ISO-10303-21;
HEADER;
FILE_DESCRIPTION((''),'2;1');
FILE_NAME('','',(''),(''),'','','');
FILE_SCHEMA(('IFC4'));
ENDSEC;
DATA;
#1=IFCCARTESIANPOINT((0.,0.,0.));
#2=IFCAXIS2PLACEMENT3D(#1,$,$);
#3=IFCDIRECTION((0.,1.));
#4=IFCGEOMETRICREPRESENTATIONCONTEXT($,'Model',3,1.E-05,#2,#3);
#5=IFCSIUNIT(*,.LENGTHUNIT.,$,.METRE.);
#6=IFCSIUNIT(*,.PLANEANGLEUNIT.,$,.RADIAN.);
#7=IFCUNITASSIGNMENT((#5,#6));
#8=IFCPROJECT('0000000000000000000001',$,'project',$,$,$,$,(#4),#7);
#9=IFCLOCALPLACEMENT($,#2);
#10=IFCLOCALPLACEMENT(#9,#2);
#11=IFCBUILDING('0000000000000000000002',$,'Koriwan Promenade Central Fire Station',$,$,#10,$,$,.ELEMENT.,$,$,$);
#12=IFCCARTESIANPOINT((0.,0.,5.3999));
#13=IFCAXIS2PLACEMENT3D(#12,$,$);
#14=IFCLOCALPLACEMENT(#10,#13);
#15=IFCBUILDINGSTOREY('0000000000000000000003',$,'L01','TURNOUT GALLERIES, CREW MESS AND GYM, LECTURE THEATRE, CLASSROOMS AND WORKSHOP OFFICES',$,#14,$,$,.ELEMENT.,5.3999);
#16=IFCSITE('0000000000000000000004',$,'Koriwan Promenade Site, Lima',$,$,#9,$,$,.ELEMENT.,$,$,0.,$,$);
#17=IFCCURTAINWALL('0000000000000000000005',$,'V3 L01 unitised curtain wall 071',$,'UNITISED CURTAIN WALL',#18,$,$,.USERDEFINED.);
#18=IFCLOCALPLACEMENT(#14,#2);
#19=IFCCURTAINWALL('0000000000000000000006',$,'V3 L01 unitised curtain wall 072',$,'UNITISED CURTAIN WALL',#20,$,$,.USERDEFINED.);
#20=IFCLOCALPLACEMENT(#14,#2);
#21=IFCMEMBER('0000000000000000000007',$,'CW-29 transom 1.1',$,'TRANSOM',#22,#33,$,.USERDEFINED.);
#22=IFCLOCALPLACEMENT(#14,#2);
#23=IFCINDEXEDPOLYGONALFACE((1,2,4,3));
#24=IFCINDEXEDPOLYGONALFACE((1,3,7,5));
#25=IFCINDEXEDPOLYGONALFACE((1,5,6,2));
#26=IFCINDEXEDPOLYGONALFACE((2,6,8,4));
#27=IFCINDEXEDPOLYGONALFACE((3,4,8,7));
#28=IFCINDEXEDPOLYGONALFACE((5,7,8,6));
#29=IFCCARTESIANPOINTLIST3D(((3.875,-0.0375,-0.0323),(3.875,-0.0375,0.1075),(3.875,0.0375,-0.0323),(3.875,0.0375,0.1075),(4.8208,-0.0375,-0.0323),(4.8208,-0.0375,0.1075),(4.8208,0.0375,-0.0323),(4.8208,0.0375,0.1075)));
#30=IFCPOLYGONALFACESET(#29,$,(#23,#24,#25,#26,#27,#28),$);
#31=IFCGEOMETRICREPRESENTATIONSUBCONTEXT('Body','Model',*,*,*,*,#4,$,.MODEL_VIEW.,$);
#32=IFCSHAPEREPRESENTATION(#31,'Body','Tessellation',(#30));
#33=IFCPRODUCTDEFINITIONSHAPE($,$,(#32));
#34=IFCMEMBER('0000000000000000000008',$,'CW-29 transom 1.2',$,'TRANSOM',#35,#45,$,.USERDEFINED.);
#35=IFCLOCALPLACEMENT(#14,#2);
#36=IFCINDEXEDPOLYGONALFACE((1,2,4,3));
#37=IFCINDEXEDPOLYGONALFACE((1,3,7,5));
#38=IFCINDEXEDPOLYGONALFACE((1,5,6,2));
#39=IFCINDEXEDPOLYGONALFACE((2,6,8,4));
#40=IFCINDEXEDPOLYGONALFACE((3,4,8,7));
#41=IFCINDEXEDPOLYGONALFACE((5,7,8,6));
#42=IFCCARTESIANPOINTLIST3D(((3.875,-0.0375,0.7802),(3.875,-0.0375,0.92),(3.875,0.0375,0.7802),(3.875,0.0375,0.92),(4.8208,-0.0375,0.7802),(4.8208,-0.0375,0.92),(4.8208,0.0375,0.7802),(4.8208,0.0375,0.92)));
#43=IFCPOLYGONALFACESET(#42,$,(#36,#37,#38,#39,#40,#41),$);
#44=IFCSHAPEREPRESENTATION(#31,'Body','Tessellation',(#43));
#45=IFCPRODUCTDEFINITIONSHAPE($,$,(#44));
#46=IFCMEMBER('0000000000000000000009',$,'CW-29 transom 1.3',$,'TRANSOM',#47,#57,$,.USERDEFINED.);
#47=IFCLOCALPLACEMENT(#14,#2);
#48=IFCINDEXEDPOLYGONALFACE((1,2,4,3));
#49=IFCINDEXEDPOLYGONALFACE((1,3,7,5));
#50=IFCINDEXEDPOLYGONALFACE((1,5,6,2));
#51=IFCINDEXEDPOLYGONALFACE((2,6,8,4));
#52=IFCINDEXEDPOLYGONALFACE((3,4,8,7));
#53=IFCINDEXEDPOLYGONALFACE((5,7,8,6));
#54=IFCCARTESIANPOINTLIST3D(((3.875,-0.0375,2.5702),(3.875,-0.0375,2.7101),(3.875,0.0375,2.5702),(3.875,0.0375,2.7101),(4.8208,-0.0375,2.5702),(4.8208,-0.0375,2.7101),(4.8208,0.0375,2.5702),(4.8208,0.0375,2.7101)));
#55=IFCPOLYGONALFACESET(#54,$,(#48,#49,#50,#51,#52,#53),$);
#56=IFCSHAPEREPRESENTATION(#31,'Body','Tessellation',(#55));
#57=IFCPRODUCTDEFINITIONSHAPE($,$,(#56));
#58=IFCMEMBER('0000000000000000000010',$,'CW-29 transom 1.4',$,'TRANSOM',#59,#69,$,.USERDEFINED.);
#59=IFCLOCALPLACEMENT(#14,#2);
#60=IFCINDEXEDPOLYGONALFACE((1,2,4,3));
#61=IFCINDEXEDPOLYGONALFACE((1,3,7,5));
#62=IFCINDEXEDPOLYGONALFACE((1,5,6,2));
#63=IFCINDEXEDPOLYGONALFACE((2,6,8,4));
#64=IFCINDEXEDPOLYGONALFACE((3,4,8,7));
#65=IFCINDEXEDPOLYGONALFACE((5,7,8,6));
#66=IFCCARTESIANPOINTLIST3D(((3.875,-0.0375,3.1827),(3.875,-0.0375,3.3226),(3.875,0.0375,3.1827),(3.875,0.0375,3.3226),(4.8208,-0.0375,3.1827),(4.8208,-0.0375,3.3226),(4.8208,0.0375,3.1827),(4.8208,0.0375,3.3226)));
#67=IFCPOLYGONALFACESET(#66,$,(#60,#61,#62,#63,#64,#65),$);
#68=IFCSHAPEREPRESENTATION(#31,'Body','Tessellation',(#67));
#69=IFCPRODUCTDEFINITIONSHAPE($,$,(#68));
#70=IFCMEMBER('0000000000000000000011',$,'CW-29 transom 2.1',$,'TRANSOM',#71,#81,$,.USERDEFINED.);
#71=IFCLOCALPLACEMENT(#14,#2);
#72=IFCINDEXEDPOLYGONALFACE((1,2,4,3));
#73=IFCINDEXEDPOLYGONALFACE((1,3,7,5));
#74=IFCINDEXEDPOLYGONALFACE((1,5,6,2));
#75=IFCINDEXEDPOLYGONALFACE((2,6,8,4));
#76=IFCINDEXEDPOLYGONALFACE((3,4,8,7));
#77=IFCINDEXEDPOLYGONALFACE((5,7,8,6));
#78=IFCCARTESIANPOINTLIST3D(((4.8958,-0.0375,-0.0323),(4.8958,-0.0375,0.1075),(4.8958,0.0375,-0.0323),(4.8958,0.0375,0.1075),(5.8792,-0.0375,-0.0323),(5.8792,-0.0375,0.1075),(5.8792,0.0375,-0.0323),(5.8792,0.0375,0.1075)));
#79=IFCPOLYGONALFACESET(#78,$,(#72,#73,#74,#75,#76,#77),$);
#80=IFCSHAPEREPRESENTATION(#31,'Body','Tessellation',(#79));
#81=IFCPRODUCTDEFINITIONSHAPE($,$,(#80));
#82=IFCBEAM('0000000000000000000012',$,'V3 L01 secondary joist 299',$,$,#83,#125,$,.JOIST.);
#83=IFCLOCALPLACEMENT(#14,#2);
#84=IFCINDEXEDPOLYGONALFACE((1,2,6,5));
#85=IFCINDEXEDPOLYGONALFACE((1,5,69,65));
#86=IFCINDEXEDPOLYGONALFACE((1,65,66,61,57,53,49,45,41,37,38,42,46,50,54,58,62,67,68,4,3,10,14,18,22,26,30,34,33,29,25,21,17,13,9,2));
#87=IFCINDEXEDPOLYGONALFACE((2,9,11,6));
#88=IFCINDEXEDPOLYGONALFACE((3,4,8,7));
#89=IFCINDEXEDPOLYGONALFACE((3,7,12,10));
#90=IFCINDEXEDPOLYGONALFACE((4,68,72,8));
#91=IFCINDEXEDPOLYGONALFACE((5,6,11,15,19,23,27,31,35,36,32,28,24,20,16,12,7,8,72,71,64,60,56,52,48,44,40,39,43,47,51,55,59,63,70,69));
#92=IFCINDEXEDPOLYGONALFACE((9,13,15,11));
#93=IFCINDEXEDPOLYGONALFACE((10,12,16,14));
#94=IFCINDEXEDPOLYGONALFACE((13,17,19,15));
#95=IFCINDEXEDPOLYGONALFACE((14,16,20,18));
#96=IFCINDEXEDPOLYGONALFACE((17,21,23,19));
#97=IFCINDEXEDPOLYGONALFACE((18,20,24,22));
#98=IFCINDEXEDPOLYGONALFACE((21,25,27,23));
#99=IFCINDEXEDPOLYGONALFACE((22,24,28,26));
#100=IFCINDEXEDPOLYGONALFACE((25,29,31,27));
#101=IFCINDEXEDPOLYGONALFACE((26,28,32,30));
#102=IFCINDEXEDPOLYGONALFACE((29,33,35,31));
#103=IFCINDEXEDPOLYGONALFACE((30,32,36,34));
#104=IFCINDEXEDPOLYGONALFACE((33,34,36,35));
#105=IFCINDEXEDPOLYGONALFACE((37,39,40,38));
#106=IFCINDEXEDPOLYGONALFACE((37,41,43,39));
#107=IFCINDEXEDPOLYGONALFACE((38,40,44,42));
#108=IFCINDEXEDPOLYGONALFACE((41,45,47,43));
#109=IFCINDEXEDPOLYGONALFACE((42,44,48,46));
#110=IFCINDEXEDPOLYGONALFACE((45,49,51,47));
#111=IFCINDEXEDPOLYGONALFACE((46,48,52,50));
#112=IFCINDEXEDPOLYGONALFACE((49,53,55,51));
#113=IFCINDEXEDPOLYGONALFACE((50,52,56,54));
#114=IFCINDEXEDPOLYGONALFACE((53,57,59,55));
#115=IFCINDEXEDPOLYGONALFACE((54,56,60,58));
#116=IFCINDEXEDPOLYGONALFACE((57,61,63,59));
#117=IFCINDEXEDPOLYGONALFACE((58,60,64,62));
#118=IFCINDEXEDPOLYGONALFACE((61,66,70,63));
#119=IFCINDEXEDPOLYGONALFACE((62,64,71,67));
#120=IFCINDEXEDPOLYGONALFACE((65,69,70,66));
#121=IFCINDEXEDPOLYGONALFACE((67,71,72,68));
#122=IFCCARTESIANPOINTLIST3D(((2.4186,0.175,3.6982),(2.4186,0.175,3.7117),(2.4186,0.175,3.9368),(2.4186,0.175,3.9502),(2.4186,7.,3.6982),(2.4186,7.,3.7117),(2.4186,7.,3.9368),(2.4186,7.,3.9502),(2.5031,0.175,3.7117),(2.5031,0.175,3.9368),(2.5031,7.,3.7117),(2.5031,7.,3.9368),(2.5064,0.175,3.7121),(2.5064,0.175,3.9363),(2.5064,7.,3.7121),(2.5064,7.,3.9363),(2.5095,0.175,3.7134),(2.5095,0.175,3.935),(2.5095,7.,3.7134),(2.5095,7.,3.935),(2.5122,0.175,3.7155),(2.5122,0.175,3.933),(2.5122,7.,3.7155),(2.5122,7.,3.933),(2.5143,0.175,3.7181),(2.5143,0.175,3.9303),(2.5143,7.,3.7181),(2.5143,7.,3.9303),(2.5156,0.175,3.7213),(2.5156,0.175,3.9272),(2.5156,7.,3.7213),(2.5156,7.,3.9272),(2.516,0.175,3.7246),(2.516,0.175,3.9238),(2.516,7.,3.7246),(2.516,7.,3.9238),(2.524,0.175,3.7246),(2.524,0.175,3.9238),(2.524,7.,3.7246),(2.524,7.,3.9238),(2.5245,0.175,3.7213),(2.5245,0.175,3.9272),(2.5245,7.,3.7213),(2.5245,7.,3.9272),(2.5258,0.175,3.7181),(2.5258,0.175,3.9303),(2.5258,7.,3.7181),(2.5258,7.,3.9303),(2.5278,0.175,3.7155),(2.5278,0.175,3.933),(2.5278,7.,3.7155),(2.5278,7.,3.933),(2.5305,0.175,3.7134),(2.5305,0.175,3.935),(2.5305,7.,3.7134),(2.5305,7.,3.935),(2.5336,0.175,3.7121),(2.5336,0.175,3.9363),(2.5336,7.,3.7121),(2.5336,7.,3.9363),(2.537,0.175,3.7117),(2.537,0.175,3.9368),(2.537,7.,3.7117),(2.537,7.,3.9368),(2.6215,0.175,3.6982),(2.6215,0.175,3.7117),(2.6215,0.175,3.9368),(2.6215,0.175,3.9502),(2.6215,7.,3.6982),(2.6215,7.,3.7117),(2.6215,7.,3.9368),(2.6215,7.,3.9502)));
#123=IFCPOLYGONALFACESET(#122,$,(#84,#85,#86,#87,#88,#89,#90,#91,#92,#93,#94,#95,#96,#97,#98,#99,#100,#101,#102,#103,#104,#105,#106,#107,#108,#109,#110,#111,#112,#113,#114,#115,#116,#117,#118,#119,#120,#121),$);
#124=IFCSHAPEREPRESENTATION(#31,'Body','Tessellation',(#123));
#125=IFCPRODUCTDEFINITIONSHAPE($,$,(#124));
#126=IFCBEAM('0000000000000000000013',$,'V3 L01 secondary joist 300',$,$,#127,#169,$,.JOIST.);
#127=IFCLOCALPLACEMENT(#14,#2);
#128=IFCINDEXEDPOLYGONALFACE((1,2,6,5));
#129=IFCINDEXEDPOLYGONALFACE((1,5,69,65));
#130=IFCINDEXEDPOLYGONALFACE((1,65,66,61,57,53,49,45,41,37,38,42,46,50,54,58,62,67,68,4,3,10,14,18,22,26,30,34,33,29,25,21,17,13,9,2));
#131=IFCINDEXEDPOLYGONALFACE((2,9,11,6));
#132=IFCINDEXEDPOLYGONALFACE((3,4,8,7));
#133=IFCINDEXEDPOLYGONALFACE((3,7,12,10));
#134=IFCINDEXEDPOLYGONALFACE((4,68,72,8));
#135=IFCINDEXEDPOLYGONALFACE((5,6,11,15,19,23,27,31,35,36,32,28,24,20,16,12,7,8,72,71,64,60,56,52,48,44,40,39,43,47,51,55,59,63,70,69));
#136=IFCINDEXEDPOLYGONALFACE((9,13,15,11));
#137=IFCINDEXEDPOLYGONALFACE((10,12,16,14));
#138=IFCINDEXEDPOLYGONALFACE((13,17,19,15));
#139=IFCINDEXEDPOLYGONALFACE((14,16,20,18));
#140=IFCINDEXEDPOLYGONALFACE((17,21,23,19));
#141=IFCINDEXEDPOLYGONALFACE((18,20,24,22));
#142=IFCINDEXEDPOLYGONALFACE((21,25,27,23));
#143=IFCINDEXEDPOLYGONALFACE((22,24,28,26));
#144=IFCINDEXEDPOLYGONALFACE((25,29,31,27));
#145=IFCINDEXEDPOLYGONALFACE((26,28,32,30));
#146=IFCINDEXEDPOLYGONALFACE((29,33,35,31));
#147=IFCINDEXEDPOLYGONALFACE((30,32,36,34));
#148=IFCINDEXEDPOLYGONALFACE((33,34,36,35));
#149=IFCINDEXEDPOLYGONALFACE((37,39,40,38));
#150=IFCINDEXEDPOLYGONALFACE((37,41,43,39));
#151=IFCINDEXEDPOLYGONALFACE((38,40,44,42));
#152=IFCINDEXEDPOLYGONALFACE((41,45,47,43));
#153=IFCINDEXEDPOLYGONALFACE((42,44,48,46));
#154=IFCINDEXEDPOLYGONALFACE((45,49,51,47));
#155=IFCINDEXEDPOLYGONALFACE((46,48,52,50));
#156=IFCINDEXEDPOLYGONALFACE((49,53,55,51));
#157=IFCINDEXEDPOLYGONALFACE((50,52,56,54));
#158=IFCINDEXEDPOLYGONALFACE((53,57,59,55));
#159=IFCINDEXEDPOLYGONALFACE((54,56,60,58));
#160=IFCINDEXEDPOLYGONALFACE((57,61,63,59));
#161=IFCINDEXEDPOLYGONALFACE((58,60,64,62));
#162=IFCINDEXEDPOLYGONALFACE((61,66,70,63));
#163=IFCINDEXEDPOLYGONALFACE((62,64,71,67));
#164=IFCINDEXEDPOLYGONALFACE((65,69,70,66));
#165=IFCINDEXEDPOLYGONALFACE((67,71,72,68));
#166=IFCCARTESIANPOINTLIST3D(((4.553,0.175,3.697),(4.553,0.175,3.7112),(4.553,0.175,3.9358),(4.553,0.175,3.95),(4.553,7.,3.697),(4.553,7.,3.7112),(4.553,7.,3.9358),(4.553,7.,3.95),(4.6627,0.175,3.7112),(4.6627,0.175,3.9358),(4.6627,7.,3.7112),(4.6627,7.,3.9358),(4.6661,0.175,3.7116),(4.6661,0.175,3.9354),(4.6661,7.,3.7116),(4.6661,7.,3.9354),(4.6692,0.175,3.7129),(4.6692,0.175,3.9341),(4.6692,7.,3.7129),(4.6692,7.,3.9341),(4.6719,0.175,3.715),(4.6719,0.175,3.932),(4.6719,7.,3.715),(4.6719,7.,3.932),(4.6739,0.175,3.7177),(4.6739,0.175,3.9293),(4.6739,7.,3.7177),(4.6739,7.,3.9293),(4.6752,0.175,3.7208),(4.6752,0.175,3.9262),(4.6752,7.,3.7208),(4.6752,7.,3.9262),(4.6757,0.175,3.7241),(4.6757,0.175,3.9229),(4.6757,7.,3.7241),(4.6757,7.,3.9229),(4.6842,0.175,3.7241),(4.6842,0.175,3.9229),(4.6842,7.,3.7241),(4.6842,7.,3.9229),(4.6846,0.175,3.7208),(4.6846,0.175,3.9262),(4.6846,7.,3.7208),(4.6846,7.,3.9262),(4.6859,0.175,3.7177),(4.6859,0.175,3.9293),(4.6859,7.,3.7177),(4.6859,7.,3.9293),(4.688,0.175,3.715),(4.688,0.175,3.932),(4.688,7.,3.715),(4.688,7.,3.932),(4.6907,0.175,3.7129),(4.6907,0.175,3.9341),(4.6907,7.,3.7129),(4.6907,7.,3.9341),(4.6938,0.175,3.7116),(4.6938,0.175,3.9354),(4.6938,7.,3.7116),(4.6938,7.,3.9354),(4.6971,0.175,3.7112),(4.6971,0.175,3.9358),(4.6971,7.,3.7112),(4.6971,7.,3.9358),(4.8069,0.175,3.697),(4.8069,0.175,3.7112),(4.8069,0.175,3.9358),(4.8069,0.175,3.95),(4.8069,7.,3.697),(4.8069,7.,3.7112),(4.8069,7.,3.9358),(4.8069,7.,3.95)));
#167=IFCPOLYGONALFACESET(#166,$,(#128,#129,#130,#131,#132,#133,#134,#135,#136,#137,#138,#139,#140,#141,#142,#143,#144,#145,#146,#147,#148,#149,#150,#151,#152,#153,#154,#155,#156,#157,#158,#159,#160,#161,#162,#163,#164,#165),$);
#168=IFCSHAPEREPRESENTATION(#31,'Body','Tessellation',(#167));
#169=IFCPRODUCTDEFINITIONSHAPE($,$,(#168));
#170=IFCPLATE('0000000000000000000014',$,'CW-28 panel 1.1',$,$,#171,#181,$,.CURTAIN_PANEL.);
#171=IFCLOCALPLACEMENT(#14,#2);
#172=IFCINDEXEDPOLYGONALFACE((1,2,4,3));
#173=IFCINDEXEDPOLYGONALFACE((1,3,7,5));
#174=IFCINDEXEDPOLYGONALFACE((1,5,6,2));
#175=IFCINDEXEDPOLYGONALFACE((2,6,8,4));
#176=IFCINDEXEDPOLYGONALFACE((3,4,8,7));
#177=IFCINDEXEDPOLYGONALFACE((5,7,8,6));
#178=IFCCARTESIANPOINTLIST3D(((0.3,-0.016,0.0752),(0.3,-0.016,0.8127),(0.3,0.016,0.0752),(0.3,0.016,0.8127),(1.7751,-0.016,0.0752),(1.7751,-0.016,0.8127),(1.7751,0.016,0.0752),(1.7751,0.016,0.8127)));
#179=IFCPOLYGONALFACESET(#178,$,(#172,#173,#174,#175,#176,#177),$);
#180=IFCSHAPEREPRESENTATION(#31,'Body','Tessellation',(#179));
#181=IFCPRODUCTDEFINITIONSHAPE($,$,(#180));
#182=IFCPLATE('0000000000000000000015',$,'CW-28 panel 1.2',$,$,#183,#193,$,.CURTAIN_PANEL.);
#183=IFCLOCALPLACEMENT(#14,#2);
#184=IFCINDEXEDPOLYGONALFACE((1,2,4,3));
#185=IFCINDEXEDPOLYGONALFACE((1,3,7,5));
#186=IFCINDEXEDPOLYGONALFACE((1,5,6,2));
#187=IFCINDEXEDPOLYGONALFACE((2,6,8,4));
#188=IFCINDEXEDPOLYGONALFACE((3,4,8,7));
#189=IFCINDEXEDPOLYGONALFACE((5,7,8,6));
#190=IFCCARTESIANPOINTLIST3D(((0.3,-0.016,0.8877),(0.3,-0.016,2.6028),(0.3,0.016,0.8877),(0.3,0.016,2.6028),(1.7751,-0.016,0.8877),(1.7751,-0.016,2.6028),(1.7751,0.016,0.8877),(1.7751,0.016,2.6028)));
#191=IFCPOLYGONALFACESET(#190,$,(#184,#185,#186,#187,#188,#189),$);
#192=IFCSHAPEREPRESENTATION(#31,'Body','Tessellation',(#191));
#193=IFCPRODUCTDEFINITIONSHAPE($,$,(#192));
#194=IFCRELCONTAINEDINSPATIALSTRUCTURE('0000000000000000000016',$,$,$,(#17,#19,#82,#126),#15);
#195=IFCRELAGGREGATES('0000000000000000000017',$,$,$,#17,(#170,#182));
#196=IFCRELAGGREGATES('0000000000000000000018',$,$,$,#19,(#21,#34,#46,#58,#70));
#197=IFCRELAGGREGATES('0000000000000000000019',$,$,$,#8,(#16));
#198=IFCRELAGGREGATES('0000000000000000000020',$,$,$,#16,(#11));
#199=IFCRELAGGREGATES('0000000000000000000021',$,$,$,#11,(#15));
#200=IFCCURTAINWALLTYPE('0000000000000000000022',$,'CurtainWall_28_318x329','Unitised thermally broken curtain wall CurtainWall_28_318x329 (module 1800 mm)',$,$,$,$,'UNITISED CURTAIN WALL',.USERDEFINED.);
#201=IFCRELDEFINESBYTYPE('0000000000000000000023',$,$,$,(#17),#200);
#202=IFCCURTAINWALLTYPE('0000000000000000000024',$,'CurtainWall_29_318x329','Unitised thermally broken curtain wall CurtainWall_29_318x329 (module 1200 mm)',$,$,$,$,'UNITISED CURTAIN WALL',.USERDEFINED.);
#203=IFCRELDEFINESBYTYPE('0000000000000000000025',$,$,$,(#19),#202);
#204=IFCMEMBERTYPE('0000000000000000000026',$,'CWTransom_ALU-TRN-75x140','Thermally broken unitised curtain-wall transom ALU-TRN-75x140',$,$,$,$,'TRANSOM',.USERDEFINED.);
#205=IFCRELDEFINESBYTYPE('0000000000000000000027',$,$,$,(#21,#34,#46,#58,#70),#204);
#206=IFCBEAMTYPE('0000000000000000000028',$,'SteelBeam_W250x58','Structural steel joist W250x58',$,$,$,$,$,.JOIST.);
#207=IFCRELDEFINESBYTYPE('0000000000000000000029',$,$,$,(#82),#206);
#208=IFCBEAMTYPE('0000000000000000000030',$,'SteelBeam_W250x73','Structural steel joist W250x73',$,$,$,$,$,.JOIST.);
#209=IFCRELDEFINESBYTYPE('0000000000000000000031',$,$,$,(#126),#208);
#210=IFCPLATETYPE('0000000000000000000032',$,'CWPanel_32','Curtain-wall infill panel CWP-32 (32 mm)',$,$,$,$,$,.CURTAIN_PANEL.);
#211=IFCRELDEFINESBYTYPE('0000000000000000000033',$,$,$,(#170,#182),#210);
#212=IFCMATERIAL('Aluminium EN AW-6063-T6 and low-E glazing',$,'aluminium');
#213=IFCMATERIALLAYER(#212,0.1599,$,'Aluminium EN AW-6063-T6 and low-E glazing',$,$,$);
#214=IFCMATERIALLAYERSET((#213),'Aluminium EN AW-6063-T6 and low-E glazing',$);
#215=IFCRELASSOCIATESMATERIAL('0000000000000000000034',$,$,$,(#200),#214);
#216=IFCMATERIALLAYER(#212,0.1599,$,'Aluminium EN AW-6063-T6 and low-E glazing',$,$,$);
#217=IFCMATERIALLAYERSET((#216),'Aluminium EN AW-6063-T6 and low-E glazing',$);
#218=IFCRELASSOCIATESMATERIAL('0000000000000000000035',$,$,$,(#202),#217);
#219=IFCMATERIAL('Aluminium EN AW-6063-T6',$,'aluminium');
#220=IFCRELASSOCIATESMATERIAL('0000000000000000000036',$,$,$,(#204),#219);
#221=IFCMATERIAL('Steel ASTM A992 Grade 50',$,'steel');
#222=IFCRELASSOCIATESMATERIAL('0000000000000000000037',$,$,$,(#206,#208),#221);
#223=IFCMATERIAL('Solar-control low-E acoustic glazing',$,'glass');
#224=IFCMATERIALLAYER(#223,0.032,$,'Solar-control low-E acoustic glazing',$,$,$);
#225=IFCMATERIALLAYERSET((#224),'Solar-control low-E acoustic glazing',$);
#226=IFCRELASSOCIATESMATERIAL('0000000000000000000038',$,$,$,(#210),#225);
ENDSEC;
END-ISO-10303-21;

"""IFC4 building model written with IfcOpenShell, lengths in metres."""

from ifc_helpers import new_model, si_unit, direction, frame, origin, origin_2d, place, context, subcontext, project, spatial, rectangle, i_section, extrude, material, layer, layer_set, material_profile, profile_set, type_object, element, aggregate, save


model = new_model("IFC4")

# Units and contexts
model_context = context("Model", 3, precision=1e-05, world=origin(), true_north=direction((0.0, 1.0)))
body_context = subcontext(model_context, "Body", "Model", "MODEL_VIEW")
ifc_project = project(units=[si_unit("LENGTHUNIT", "METRE"), si_unit("PLANEANGLEUNIT", "RADIAN")], contexts=[model_context])

# Site, building, storey
site_placement = place(None, origin())
site = spatial("IfcSite", under=ifc_project, at=site_placement, Name="Koriwan Promenade Site, Lima", CompositionType="ELEMENT", RefElevation=0.0)
building_placement = place(site_placement, origin())
building = spatial("IfcBuilding", under=site, at=building_placement, Name="Koriwan Promenade Central Fire Station", CompositionType="ELEMENT")
storey_placement = place(building_placement, frame((0.0, 0.0, 5.3999)))
storey = spatial("IfcBuildingStorey", under=building, at=storey_placement, Name="L01", Description="TURNOUT GALLERIES, CREW MESS AND GYM, LECTURE THEATRE, CLASSROOMS AND WORKSHOP OFFICES", CompositionType="ELEMENT", Elevation=5.3999)

# Curtain walls
ifc_material_1 = material(Name="Aluminium EN AW-6063-T6 and low-E glazing", Category="aluminium")
ifc_layer_1 = layer(ifc_material_1, 0.1599, Name="Aluminium EN AW-6063-T6 and low-E glazing")
ifc_layer_set_1 = layer_set([ifc_layer_1], Name="Aluminium EN AW-6063-T6 and low-E glazing")
curtain_wall_type_1 = type_object("IfcCurtainWallType", Name="CurtainWall_28_318x329", Description="Unitised thermally broken curtain wall CurtainWall_28_318x329 (module 1800 mm)", ElementType="UNITISED CURTAIN WALL", PredefinedType="USERDEFINED", material=ifc_layer_set_1)
curtain_wall_1_placement = place(storey_placement, origin())
curtain_wall_1 = element("IfcCurtainWall", 1, at=curtain_wall_1_placement, inside=storey, type_object=curtain_wall_type_1, Name="V3 L01 unitised curtain wall 071", ObjectType="UNITISED CURTAIN WALL", PredefinedType="USERDEFINED")
ifc_material_2 = material(Name="Aluminium EN AW-6063-T6", Category="aluminium")
ifc_layer_2 = layer(ifc_material_1, 0.1599, Name="Aluminium EN AW-6063-T6 and low-E glazing")
ifc_layer_set_2 = layer_set([ifc_layer_2], Name="Aluminium EN AW-6063-T6 and low-E glazing")
curtain_wall_type_2 = type_object("IfcCurtainWallType", Name="CurtainWall_29_318x329", Description="Unitised thermally broken curtain wall CurtainWall_29_318x329 (module 1200 mm)", ElementType="UNITISED CURTAIN WALL", PredefinedType="USERDEFINED", material=ifc_layer_set_2)
curtain_wall_2_placement = place(storey_placement, origin())
curtain_wall_2 = element("IfcCurtainWall", 2, at=curtain_wall_2_placement, inside=storey, type_object=curtain_wall_type_2, Name="V3 L01 unitised curtain wall 072", ObjectType="UNITISED CURTAIN WALL", PredefinedType="USERDEFINED")

# Members
ifc_material_profile_1 = material_profile(ifc_material_2, rectangle(XDim=0.075, YDim=0.1399, at=origin_2d()), Name="ALU-TRN-75x140")
ifc_profile_set_1 = profile_set([ifc_material_profile_1], Name="Aluminium EN AW-6063-T6")
member_type_1 = type_object("IfcMemberType", Name="CWTransom_ALU-TRN-75x140", Description="Thermally broken unitised curtain-wall transom ALU-TRN-75x140", ElementType="TRANSOM", PredefinedType="USERDEFINED", material=ifc_profile_set_1)
member_1_placement = place(storey_placement, frame((3.875, 0.0, 0.0376), z_axis=(1.0, 0.0, 0.0), x_axis=(0.0, 1.0, 0.0)))
member_1 = element("IfcMember", 3, at=member_1_placement, type_object=member_type_1, Name="CW-29 transom 1.1", ObjectType="TRANSOM", PredefinedType="USERDEFINED", context=body_context, shape_type="SweptSolid", body=[
    extrude(rectangle(XDim=0.075, YDim=0.1399, at=origin_2d()), origin(), (0.0, 0.0, 1.0), 0.9458),
])
member_2_placement = place(storey_placement, frame((3.875, 0.0, 0.8501), z_axis=(1.0, 0.0, 0.0), x_axis=(0.0, 1.0, 0.0)))
member_2 = element("IfcMember", 4, at=member_2_placement, type_object=member_type_1, Name="CW-29 transom 1.2", ObjectType="TRANSOM", PredefinedType="USERDEFINED", context=body_context, shape_type="SweptSolid", body=[
    extrude(rectangle(XDim=0.075, YDim=0.1399, at=origin_2d()), origin(), (0.0, 0.0, 1.0), 0.9458),
])
member_3_placement = place(storey_placement, frame((3.875, 0.0, 2.6401), z_axis=(1.0, 0.0, 0.0), x_axis=(0.0, 1.0, 0.0)))
member_3 = element("IfcMember", 5, at=member_3_placement, type_object=member_type_1, Name="CW-29 transom 1.3", ObjectType="TRANSOM", PredefinedType="USERDEFINED", context=body_context, shape_type="SweptSolid", body=[
    extrude(rectangle(XDim=0.075, YDim=0.1399, at=origin_2d()), origin(), (0.0, 0.0, 1.0), 0.9458),
])
member_4_placement = place(storey_placement, frame((3.875, 0.0, 3.2527), z_axis=(1.0, 0.0, 0.0), x_axis=(0.0, 1.0, 0.0)))
member_4 = element("IfcMember", 6, at=member_4_placement, type_object=member_type_1, Name="CW-29 transom 1.4", ObjectType="TRANSOM", PredefinedType="USERDEFINED", context=body_context, shape_type="SweptSolid", body=[
    extrude(rectangle(XDim=0.075, YDim=0.1399, at=origin_2d()), origin(), (0.0, 0.0, 1.0), 0.9458),
])
member_5_placement = place(storey_placement, frame((4.8958, 0.0, 0.0376), z_axis=(1.0, 0.0, 0.0), x_axis=(0.0, 1.0, 0.0)))
member_5 = element("IfcMember", 7, at=member_5_placement, type_object=member_type_1, Name="CW-29 transom 2.1", ObjectType="TRANSOM", PredefinedType="USERDEFINED", context=body_context, shape_type="SweptSolid", body=[
    extrude(rectangle(XDim=0.075, YDim=0.1399, at=origin_2d()), origin(), (0.0, 0.0, 1.0), 0.9834),
])

# Beams
ifc_material_3 = material(Name="Steel ASTM A992 Grade 50", Category="steel")
ifc_material_profile_2 = material_profile(ifc_material_3, i_section(OverallWidth=0.2029, OverallDepth=0.252, WebThickness=0.0081, FlangeThickness=0.0134, FilletRadius=0.0129, at=origin_2d()), Name="W250x58")
ifc_profile_set_2 = profile_set([ifc_material_profile_2], Name="Steel ASTM A992 Grade 50")
beam_type_1 = type_object("IfcBeamType", Name="SteelBeam_W250x58", Description="Structural steel joist W250x58", PredefinedType="JOIST", material=ifc_profile_set_2)
beam_1_placement = place(storey_placement, frame((2.52, 0.175, 3.8242), z_axis=(0.0, 1.0, 0.0), x_axis=(-1.0, 0.0, 0.0)))
element("IfcBeam", 8, at=beam_1_placement, inside=storey, type_object=beam_type_1, Name="V3 L01 secondary joist 299", PredefinedType="JOIST", context=body_context, shape_type="SweptSolid", body=[
    extrude(i_section(OverallWidth=0.2029, OverallDepth=0.252, WebThickness=0.0081, FlangeThickness=0.0134, FilletRadius=0.0129, at=origin_2d()), origin(), (0.0, 0.0, 1.0), 6.825),
])
ifc_material_profile_3 = material_profile(ifc_material_3, i_section(OverallWidth=0.2539, OverallDepth=0.2529, WebThickness=0.0085, FlangeThickness=0.0142, FilletRadius=0.0129, at=origin_2d()), Name="W250x73")
ifc_profile_set_3 = profile_set([ifc_material_profile_3], Name="Steel ASTM A992 Grade 50")
beam_type_2 = type_object("IfcBeamType", Name="SteelBeam_W250x73", Description="Structural steel joist W250x73", PredefinedType="JOIST", material=ifc_profile_set_3)
beam_2_placement = place(storey_placement, frame((4.6799, 0.175, 3.8235), z_axis=(0.0, 1.0, 0.0), x_axis=(-1.0, 0.0, 0.0)))
element("IfcBeam", 9, at=beam_2_placement, inside=storey, type_object=beam_type_2, Name="V3 L01 secondary joist 300", PredefinedType="JOIST", context=body_context, shape_type="SweptSolid", body=[
    extrude(i_section(OverallWidth=0.2539, OverallDepth=0.2529, WebThickness=0.0085, FlangeThickness=0.0142, FilletRadius=0.0129, at=origin_2d()), origin(), (0.0, 0.0, 1.0), 6.825),
])

# Plates
ifc_material_4 = material(Name="Solar-control low-E acoustic glazing", Category="glass")
ifc_layer_3 = layer(ifc_material_4, 0.032, Name="Solar-control low-E acoustic glazing")
ifc_layer_set_3 = layer_set([ifc_layer_3], Name="Solar-control low-E acoustic glazing")
plate_type = type_object("IfcPlateType", Name="CWPanel_32", Description="Curtain-wall infill panel CWP-32 (32 mm)", PredefinedType="CURTAIN_PANEL", material=ifc_layer_set_3)
plate_1_placement = place(storey_placement, frame((1.0376, 0.0, 0.0752), z_axis=(0.0, 0.0, 1.0), x_axis=(1.0, 0.0, 0.0)))
plate_1 = element("IfcPlate", 10, at=plate_1_placement, type_object=plate_type, Name="CW-28 panel 1.1", PredefinedType="CURTAIN_PANEL", context=body_context, shape_type="SweptSolid", body=[
    extrude(rectangle(XDim=1.4751, YDim=0.032, at=origin_2d()), origin(), (0.0, 0.0, 1.0), 0.7375),
])
plate_2_placement = place(storey_placement, frame((1.0376, 0.0, 0.8877), z_axis=(0.0, 0.0, 1.0), x_axis=(1.0, 0.0, 0.0)))
plate_2 = element("IfcPlate", 11, at=plate_2_placement, type_object=plate_type, Name="CW-28 panel 1.2", PredefinedType="CURTAIN_PANEL", context=body_context, shape_type="SweptSolid", body=[
    extrude(rectangle(XDim=1.4751, YDim=0.032, at=origin_2d()), origin(), (0.0, 0.0, 1.0), 1.7151),
])
aggregate(curtain_wall_1, [plate_1, plate_2])
aggregate(curtain_wall_2, [member_1, member_2, member_3, member_4, member_5])

save(model, "model.ifc")
